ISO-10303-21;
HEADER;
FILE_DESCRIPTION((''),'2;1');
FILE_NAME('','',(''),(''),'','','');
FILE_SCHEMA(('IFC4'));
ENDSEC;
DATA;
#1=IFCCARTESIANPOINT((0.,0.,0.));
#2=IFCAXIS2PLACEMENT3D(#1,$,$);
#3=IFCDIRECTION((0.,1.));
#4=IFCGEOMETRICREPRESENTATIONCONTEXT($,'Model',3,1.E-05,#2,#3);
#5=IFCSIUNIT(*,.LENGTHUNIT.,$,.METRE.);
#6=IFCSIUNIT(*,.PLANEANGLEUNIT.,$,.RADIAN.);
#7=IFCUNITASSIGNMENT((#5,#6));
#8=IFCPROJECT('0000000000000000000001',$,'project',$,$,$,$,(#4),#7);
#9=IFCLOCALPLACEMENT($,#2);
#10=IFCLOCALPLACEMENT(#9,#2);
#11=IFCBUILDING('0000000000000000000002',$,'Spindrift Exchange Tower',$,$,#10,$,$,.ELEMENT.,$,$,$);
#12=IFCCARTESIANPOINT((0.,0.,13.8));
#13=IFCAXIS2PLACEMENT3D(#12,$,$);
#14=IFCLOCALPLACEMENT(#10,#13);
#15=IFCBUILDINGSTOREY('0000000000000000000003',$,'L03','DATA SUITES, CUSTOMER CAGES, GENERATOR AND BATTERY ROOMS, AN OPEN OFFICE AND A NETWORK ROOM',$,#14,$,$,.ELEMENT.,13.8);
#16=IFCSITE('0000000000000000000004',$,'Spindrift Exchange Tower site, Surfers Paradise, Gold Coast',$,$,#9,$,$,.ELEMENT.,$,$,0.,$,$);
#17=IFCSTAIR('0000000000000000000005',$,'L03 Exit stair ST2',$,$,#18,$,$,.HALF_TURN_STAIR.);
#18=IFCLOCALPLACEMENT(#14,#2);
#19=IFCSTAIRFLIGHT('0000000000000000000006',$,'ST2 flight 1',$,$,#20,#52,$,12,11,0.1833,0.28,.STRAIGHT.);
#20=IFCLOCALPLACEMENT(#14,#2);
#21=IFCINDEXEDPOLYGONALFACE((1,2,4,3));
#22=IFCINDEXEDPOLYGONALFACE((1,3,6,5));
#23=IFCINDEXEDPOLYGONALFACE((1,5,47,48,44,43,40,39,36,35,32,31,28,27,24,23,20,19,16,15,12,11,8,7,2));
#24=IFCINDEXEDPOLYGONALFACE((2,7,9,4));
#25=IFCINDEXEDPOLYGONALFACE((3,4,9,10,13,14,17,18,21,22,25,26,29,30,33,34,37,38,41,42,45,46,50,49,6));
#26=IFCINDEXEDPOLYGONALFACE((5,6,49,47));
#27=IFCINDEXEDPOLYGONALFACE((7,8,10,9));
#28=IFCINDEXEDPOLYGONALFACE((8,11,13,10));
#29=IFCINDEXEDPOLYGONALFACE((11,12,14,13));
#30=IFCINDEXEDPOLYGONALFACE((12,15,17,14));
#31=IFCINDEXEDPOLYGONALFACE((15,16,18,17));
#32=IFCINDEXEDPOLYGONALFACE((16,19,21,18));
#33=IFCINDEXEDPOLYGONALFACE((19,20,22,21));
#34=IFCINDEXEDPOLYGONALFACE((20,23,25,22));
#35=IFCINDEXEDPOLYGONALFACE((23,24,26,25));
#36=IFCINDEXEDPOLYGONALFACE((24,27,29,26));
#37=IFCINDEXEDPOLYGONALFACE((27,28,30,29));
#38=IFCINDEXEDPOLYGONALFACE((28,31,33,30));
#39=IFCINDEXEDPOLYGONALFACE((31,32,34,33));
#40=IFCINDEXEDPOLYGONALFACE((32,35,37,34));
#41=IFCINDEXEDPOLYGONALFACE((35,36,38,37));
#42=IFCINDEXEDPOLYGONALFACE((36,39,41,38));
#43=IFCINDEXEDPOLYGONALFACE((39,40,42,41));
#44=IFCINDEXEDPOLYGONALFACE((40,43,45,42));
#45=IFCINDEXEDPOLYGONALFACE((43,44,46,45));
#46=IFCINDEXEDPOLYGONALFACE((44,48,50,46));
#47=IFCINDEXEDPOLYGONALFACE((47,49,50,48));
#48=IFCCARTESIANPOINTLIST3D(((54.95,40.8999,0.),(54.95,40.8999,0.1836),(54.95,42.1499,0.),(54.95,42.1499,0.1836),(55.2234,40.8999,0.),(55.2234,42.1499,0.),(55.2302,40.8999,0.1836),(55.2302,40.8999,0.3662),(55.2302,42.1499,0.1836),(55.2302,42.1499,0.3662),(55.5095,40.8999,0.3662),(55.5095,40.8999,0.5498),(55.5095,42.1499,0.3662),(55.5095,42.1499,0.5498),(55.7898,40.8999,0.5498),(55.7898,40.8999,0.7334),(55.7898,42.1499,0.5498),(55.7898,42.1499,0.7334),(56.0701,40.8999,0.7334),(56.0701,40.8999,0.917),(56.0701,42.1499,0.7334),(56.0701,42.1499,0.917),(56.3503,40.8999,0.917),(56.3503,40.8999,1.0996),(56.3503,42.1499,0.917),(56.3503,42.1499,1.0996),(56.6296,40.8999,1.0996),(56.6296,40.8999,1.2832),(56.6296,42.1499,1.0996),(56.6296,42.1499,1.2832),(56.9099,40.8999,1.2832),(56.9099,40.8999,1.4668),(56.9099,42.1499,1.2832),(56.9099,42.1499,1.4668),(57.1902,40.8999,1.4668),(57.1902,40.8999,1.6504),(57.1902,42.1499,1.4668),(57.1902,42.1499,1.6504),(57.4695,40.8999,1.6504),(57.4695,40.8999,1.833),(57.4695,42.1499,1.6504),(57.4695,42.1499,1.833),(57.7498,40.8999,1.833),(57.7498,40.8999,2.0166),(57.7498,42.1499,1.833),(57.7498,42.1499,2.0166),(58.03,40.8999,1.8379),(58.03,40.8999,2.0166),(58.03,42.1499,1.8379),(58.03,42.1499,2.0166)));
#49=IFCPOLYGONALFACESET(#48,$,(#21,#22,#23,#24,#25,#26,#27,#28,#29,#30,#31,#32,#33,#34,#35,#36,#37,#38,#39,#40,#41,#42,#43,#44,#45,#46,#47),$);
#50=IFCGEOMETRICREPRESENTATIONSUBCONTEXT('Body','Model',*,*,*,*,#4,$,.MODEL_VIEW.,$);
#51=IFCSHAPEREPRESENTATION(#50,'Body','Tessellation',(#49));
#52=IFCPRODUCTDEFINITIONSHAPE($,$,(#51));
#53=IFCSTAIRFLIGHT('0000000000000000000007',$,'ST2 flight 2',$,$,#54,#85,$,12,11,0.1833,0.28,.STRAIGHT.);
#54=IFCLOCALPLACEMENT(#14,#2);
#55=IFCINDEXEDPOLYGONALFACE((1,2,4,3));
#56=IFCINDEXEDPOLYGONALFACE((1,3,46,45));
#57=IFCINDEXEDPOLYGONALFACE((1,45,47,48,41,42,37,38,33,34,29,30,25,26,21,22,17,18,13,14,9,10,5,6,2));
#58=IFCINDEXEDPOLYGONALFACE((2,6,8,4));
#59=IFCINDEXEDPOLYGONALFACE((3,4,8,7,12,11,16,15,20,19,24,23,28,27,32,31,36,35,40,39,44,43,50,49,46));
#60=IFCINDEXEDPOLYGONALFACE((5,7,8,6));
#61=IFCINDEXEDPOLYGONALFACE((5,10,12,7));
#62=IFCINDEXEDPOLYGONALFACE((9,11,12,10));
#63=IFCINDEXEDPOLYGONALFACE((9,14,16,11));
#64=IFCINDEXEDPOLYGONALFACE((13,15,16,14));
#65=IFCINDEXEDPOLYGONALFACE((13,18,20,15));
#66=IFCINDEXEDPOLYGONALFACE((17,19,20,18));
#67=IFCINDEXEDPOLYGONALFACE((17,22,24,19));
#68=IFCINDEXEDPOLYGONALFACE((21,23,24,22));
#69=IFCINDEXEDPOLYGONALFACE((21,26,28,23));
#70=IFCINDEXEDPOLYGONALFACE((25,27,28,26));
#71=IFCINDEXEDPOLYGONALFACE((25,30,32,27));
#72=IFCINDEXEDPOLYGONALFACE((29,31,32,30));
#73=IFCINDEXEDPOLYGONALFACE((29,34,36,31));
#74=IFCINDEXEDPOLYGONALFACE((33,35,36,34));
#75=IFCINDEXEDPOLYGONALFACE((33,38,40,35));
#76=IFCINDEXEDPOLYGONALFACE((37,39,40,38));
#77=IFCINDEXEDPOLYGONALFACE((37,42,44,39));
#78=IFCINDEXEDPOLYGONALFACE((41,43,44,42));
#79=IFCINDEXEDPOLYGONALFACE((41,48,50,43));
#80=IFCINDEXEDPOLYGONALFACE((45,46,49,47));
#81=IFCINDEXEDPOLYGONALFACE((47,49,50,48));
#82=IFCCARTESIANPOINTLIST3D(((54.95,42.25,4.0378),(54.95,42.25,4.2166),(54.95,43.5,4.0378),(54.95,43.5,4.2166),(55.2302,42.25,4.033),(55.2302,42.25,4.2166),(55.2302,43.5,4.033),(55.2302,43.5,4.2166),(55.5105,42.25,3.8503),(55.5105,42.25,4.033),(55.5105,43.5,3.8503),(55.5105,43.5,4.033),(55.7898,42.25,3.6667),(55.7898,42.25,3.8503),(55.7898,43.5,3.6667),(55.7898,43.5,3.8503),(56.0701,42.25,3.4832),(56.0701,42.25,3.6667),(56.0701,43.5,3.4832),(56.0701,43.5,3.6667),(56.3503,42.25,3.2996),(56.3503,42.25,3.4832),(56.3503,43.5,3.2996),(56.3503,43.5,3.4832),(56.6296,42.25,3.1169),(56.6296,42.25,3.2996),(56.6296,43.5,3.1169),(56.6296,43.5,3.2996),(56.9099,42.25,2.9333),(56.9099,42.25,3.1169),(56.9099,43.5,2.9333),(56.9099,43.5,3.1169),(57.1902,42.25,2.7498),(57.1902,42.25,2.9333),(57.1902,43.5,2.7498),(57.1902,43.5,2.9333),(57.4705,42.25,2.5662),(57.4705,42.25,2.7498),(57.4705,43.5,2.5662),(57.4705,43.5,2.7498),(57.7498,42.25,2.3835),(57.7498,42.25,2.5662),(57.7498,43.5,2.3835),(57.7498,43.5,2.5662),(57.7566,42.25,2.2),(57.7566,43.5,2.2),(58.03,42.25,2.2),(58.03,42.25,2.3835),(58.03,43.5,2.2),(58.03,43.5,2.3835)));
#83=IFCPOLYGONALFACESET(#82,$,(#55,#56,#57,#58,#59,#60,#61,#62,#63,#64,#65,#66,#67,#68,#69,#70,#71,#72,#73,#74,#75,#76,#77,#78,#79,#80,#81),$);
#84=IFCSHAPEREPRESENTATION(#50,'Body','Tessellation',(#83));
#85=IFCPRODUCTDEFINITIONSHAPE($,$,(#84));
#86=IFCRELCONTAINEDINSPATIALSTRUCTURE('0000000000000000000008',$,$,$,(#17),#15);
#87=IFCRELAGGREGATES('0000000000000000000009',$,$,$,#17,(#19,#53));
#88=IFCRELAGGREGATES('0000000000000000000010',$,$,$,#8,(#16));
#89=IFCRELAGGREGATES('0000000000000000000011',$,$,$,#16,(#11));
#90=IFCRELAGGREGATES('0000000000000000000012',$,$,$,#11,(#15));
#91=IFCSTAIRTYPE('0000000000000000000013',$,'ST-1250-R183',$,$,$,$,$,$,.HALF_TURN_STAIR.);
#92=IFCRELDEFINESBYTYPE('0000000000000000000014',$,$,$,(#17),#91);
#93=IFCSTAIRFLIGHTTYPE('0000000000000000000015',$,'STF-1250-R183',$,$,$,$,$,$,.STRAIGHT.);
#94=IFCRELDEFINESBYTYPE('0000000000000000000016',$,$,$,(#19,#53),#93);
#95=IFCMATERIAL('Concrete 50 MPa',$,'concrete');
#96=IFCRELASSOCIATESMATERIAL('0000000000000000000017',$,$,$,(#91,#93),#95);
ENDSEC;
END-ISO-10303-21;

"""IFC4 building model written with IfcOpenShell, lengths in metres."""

from ifc_helpers import new_model, si_unit, direction, frame, origin, place, context, subcontext, project, spatial, line, indexed_curve, outline, extrude, material, type_object, element, aggregate, save


model = new_model("IFC4")

# Units and contexts
model_context = context("Model", 3, precision=1e-05, world=origin(), true_north=direction((0.0, 1.0)))
body_context = subcontext(model_context, "Body", "Model", "MODEL_VIEW")
ifc_project = project(units=[si_unit("LENGTHUNIT", "METRE"), si_unit("PLANEANGLEUNIT", "RADIAN")], contexts=[model_context])

# Site, building, storey
site_placement = place(None, origin())
site = spatial("IfcSite", under=ifc_project, at=site_placement, Name="Spindrift Exchange Tower site, Surfers Paradise, Gold Coast", CompositionType="ELEMENT", RefElevation=0.0)
building_placement = place(site_placement, origin())
building = spatial("IfcBuilding", under=site, at=building_placement, Name="Spindrift Exchange Tower", CompositionType="ELEMENT")
storey_placement = place(building_placement, frame((0.0, 0.0, 13.8)))
storey = spatial("IfcBuildingStorey", under=building, at=storey_placement, Name="L03", Description="DATA SUITES, CUSTOMER CAGES, GENERATOR AND BATTERY ROOMS, AN OPEN OFFICE AND A NETWORK ROOM", CompositionType="ELEMENT", Elevation=13.8)

# Stair, stair flights
ifc_material_1 = material(Name="Concrete 50 MPa", Category="concrete")
stair_type = type_object("IfcStairType", Name="ST-1250-R183", PredefinedType="HALF_TURN_STAIR", material=ifc_material_1)
stair_placement = place(storey_placement, origin())
stair = element("IfcStair", 1, at=stair_placement, inside=storey, type_object=stair_type, Name="L03 Exit stair ST2", PredefinedType="HALF_TURN_STAIR")
stair_flight_type = type_object("IfcStairFlightType", Name="STF-1250-R183", PredefinedType="STRAIGHT", material=ifc_material_1)
stair_flight_1_placement = place(storey_placement, frame((54.95, 41.5249, 0.0), z_axis=(0.0, 0.0, 1.0), x_axis=(1.0, 0.0, 0.0)))
stair_flight_1 = element("IfcStairFlight", 2, at=stair_flight_1_placement, type_object=stair_flight_type, Name="ST2 flight 1", NumberOfRisers=12, NumberOfTreads=11, PredefinedType="STRAIGHT", RiserHeight=0.1833, TreadLength=0.28, context=body_context, shape_type="SweptSolid", body=[
    extrude(outline(indexed_curve([(0.0, 0.0), (0.0, 0.1836), (0.2803, 0.1836), (0.2803, 0.3662), (0.5596, 0.3662), (0.5596, 0.5498), (0.8398, 0.5498), (0.8398, 0.7334), (1.1201, 0.7334), (1.1201, 0.917), (1.4004, 0.917), (1.4004, 1.0996), (1.6797, 1.0996), (1.6797, 1.2832), (1.96, 1.2832), (1.96, 1.4668), (2.2402, 1.4668), (2.2402, 1.6504), (2.5195, 1.6504), (2.5195, 1.833), (2.7998, 1.833), (2.7998, 2.0166), (3.0801, 2.0166), (3.0801, 2.2002), (3.0801, 1.8379), (0.2734, 0.0)], segments=[line(1, 2, 3, 4, 5, 6, 7, 8, 9, 10, 11, 12, 13, 14, 15, 16, 17, 18, 19, 20, 21, 22, 23, 24, 25, 26, 1)], self_intersect=False)), frame((0.0, 0.625, 0.0), z_axis=(0.0, -1.0, 0.0), x_axis=(1.0, 0.0, 0.0)), (0.0, 0.0, 1.0), 1.25),
])
stair_flight_2_placement = place(storey_placement, frame((58.03, 42.875, 2.2), z_axis=(0.0, 0.0, 1.0), x_axis=(-1.0, 0.0, 0.0)))
stair_flight_2 = element("IfcStairFlight", 3, at=stair_flight_2_placement, type_object=stair_flight_type, Name="ST2 flight 2", NumberOfRisers=12, NumberOfTreads=11, PredefinedType="STRAIGHT", RiserHeight=0.1833, TreadLength=0.28, context=body_context, shape_type="SweptSolid", body=[
    extrude(outline(indexed_curve([(0.0, 0.0), (0.0, 0.1836), (0.2803, 0.1836), (0.2803, 0.3662), (0.5596, 0.3662), (0.5596, 0.5498), (0.8398, 0.5498), (0.8398, 0.7334), (1.1201, 0.7334), (1.1201, 0.917), (1.4004, 0.917), (1.4004, 1.0996), (1.6797, 1.0996), (1.6797, 1.2832), (1.96, 1.2832), (1.96, 1.4668), (2.2402, 1.4668), (2.2402, 1.6504), (2.5195, 1.6504), (2.5195, 1.833), (2.7998, 1.833), (2.7998, 2.0166), (3.0801, 2.0166), (3.0801, 2.2002), (3.0801, 1.8379), (0.2734, 0.0)], segments=[line(1, 2, 3, 4, 5, 6, 7, 8, 9, 10, 11, 12, 13, 14, 15, 16, 17, 18, 19, 20, 21, 22, 23, 24, 25, 26, 1)], self_intersect=False)), frame((0.0, 0.625, 0.0), z_axis=(0.0, -1.0, 0.0), x_axis=(1.0, 0.0, 0.0)), (0.0, 0.0, 1.0), 1.25),
])
aggregate(stair, [stair_flight_1, stair_flight_2])

save(model, "model.ifc")
